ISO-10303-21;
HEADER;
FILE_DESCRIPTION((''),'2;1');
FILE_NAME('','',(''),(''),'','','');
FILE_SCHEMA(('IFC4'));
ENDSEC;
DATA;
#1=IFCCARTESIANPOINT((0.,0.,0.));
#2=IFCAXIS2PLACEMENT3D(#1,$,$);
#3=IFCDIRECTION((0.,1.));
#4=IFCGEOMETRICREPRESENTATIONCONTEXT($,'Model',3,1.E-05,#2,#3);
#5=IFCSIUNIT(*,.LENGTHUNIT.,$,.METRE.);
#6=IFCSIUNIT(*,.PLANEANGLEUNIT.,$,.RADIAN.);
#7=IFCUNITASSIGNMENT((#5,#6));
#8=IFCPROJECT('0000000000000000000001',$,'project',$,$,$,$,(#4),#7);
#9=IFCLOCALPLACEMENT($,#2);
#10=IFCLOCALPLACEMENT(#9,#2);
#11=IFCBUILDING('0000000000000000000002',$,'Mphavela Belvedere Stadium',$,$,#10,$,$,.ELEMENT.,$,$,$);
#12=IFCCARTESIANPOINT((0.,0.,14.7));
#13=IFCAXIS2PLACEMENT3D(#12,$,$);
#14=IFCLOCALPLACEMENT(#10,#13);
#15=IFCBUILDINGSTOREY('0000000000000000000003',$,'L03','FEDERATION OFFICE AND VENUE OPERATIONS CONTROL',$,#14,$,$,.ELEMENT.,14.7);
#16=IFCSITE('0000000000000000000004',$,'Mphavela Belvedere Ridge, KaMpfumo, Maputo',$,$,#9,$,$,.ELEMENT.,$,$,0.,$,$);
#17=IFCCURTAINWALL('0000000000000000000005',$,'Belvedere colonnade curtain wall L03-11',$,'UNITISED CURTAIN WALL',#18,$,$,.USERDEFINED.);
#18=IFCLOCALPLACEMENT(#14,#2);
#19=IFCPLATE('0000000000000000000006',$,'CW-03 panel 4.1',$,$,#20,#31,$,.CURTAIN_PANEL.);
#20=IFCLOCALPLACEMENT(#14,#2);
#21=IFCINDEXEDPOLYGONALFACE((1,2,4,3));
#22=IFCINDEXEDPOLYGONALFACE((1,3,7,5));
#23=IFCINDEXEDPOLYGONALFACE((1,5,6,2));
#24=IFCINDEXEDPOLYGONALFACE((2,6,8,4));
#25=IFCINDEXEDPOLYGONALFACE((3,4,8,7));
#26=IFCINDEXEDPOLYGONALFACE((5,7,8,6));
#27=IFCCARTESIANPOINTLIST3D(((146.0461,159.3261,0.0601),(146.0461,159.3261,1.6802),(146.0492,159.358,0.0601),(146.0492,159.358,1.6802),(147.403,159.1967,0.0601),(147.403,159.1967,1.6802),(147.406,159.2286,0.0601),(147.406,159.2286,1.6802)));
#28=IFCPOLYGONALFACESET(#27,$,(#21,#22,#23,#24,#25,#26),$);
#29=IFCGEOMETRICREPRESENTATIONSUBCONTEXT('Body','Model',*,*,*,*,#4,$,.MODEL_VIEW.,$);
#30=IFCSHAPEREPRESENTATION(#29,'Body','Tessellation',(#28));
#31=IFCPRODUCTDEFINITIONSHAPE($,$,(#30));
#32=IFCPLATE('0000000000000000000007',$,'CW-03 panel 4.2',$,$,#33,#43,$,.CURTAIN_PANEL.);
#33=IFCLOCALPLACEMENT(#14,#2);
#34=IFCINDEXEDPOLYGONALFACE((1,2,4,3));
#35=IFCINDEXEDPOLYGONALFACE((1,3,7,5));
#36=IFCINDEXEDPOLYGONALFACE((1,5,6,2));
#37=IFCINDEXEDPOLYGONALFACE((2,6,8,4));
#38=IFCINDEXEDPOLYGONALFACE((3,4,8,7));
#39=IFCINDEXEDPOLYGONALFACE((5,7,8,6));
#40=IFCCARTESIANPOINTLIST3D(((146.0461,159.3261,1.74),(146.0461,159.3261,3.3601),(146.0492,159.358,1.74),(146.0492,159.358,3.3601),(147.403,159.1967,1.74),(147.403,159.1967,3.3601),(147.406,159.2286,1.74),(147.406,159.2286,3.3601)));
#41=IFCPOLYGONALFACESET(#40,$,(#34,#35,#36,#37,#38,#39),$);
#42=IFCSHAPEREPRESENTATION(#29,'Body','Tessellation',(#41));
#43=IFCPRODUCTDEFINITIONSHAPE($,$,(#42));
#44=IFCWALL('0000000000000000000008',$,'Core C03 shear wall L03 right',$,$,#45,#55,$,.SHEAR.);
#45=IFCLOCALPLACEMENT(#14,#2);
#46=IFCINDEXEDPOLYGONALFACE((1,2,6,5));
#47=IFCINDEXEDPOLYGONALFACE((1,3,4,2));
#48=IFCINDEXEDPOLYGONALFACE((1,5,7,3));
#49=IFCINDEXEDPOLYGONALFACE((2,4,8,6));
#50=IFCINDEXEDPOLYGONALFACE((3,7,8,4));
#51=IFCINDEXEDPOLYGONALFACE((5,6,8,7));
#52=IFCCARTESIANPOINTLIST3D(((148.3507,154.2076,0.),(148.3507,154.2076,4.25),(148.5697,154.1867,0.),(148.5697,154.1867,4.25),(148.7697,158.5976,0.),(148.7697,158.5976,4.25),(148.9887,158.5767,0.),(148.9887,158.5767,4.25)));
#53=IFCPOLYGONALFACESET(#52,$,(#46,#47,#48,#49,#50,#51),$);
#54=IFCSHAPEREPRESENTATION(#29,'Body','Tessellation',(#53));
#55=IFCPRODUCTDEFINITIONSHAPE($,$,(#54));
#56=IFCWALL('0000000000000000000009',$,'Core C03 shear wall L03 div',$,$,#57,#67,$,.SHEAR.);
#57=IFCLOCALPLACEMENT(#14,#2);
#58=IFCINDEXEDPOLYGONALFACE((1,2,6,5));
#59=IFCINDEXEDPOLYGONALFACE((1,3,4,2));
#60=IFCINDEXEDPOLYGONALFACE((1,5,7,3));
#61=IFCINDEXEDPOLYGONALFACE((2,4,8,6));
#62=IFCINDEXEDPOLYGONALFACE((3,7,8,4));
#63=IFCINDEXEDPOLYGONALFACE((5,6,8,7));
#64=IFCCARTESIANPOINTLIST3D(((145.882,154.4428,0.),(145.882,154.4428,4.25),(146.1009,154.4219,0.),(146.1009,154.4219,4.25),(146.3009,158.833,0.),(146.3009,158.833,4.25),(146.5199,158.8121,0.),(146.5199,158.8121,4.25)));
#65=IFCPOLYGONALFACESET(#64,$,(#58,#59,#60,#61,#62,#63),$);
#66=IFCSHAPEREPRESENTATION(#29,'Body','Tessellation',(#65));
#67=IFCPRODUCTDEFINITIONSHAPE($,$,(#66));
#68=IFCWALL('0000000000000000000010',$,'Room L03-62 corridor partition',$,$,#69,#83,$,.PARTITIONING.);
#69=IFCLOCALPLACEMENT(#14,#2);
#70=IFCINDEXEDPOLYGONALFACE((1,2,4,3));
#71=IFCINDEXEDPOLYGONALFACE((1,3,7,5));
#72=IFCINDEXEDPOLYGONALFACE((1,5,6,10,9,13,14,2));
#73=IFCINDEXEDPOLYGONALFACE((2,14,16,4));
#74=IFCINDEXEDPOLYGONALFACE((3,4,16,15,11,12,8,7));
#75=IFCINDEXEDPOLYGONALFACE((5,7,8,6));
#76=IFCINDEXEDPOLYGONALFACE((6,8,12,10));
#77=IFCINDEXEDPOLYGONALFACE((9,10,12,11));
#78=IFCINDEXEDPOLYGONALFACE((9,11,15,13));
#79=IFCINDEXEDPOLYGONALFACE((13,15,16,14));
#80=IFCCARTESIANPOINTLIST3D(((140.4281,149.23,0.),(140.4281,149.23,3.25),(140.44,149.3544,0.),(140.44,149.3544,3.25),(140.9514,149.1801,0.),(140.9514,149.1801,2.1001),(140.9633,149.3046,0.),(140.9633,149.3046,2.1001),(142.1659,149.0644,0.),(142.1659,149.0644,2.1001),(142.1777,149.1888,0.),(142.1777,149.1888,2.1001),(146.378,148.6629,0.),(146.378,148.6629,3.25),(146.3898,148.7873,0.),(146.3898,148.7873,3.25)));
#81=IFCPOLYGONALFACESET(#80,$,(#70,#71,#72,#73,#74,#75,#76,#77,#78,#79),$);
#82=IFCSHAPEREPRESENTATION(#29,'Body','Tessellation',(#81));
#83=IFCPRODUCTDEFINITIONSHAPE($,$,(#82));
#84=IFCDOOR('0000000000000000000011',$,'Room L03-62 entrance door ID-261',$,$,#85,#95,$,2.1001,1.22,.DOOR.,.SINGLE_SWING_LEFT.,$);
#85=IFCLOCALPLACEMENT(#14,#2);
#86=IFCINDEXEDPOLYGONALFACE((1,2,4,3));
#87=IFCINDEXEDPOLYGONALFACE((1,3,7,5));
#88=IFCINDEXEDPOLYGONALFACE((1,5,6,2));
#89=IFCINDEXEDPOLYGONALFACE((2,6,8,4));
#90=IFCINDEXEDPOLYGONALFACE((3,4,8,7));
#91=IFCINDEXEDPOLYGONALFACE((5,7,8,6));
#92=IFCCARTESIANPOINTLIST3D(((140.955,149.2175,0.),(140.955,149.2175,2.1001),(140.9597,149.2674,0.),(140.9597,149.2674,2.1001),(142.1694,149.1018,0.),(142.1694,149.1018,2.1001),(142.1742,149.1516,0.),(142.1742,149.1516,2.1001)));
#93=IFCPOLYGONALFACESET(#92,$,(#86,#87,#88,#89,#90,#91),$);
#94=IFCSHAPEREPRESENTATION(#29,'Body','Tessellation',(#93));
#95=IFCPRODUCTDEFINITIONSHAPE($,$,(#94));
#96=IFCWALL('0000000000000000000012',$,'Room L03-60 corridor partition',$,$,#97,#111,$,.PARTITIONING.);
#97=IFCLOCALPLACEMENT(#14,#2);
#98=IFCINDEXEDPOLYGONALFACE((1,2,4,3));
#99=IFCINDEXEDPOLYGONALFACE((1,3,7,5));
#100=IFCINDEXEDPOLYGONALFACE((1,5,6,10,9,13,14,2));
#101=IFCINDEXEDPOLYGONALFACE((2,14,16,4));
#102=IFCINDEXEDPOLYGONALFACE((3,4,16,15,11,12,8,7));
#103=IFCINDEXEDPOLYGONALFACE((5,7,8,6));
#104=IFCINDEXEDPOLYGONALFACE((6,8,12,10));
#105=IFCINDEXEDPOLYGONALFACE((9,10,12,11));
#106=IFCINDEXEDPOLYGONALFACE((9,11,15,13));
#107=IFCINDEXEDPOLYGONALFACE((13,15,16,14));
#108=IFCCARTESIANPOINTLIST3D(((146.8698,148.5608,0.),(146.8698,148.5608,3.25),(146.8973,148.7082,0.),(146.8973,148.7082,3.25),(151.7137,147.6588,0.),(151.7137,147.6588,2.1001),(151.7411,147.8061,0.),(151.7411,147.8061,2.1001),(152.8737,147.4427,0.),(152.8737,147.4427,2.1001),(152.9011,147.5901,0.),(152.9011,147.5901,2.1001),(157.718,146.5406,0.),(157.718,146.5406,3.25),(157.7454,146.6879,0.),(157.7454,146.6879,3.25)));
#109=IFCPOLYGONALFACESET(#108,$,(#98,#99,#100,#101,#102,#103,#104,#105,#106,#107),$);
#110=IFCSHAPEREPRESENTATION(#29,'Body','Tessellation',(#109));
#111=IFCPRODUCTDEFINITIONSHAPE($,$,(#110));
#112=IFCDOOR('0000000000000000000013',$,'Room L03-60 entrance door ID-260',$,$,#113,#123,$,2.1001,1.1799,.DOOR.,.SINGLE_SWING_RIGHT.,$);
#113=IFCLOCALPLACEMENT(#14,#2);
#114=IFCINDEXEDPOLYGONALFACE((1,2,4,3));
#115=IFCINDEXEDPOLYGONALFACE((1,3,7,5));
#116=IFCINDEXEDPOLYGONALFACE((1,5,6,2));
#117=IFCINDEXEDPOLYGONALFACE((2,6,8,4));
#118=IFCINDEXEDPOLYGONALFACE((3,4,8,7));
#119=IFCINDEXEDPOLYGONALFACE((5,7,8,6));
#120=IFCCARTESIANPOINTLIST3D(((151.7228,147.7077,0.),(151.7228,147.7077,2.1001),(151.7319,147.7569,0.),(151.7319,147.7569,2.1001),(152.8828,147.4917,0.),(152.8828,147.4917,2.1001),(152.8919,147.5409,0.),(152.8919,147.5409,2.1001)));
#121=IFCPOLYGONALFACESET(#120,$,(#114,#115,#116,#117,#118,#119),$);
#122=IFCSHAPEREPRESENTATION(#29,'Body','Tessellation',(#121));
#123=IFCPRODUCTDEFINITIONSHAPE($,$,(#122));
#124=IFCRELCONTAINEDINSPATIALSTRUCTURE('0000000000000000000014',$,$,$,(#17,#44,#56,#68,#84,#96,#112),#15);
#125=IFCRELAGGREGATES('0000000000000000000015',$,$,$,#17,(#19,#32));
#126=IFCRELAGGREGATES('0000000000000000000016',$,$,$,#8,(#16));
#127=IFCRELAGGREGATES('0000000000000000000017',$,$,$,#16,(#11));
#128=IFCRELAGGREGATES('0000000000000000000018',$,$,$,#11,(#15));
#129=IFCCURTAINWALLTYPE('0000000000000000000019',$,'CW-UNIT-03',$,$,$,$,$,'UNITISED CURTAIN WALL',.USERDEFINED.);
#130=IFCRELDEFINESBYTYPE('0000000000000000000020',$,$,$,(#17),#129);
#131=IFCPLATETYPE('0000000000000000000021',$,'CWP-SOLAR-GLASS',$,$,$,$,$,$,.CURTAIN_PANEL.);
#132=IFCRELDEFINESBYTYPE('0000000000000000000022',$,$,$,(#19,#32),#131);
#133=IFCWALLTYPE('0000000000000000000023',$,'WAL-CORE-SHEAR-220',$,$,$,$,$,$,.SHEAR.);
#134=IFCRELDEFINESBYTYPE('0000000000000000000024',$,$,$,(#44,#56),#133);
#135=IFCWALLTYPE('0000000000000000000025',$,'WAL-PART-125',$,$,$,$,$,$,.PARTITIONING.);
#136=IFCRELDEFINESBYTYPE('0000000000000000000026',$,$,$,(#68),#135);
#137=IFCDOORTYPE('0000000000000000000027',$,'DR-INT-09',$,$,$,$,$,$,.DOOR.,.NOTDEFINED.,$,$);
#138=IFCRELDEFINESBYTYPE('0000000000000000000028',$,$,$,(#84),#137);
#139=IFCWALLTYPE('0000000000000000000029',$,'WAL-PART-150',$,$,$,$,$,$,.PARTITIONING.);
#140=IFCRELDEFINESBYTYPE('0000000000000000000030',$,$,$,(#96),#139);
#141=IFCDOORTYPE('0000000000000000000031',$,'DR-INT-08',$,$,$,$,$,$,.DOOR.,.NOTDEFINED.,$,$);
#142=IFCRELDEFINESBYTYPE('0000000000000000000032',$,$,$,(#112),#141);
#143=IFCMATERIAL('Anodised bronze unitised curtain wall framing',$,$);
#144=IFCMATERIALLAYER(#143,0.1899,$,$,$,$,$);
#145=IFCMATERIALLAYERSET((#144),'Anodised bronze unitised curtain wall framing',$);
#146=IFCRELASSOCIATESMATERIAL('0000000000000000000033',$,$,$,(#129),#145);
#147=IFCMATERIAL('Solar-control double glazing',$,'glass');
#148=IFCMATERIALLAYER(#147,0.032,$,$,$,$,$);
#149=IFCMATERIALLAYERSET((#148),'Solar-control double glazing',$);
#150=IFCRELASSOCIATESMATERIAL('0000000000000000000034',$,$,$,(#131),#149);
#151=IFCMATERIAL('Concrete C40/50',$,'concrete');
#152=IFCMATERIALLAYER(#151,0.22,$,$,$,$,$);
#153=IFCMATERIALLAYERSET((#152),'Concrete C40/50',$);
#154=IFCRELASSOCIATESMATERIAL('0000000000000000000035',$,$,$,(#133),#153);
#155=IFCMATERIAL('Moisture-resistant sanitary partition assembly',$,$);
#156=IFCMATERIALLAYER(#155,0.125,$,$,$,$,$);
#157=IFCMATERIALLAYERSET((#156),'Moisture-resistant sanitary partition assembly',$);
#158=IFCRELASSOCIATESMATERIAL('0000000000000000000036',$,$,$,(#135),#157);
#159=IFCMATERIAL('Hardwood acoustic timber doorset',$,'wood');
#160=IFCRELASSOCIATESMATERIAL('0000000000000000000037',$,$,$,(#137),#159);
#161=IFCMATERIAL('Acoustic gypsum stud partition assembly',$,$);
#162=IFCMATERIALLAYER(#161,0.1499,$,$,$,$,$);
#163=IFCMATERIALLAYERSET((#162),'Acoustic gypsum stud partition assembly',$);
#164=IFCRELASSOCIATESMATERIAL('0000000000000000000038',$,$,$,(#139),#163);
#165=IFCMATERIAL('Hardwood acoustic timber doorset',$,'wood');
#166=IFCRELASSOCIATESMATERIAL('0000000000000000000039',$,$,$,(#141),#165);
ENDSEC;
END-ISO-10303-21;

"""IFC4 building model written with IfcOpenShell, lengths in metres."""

from ifc_helpers import new_model, si_unit, direction, frame, frame_2d, origin, origin_2d, place, context, subcontext, project, spatial, rectangle, extrude, material, layer, layer_set, type_object, element, fill, aggregate, save


model = new_model("IFC4")

# Units and contexts
model_context = context("Model", 3, precision=1e-05, world=origin(), true_north=direction((0.0, 1.0)))
body_context = subcontext(model_context, "Body", "Model", "MODEL_VIEW")
ifc_project = project(units=[si_unit("LENGTHUNIT", "METRE"), si_unit("PLANEANGLEUNIT", "RADIAN")], contexts=[model_context])

# Site, building, storey
site_placement = place(None, origin())
site = spatial("IfcSite", under=ifc_project, at=site_placement, Name="Mphavela Belvedere Ridge, KaMpfumo, Maputo", CompositionType="ELEMENT", RefElevation=0.0)
building_placement = place(site_placement, origin())
building = spatial("IfcBuilding", under=site, at=building_placement, Name="Mphavela Belvedere Stadium", CompositionType="ELEMENT")
storey_placement = place(building_placement, frame((0.0, 0.0, 14.7)))
storey = spatial("IfcBuildingStorey", under=building, at=storey_placement, Name="L03", Description="FEDERATION OFFICE AND VENUE OPERATIONS CONTROL", CompositionType="ELEMENT", Elevation=14.7)

# Curtain wall, plates
ifc_material_1 = material(Name="Anodised bronze unitised curtain wall framing")
ifc_layer_1 = layer(ifc_material_1, 0.1899)
ifc_layer_set_1 = layer_set([ifc_layer_1], Name="Anodised bronze unitised curtain wall framing")
curtain_wall_type = type_object("IfcCurtainWallType", Name="CW-UNIT-03", ElementType="UNITISED CURTAIN WALL", PredefinedType="USERDEFINED", material=ifc_layer_set_1)
curtain_wall_placement = place(storey_placement, origin())
curtain_wall = element("IfcCurtainWall", 1, at=curtain_wall_placement, inside=storey, type_object=curtain_wall_type, Name="Belvedere colonnade curtain wall L03-11", ObjectType="UNITISED CURTAIN WALL", PredefinedType="USERDEFINED")
ifc_material_2 = material(Name="Solar-control double glazing", Category="glass")
ifc_layer_2 = layer(ifc_material_2, 0.032)
ifc_layer_set_2 = layer_set([ifc_layer_2], Name="Solar-control double glazing")
plate_type = type_object("IfcPlateType", Name="CWP-SOLAR-GLASS", PredefinedType="CURTAIN_PANEL", material=ifc_layer_set_2)
plate_1_placement = place(storey_placement, frame((146.7261, 159.2773, 0.0601), z_axis=(0.0, 0.0, 1.0), x_axis=(-0.995484, 0.094929, 0.0)))
plate_1 = element("IfcPlate", 2, at=plate_1_placement, type_object=plate_type, Name="CW-03 panel 4.1", PredefinedType="CURTAIN_PANEL", context=body_context, shape_type="SweptSolid", body=[
    extrude(rectangle(XDim=1.363, YDim=0.032, at=origin_2d()), origin(), (0.0, 0.0, 1.0), 1.6201),
])
plate_2_placement = place(storey_placement, frame((146.7261, 159.2773, 1.74), z_axis=(0.0, 0.0, 1.0), x_axis=(-0.995484, 0.094929, 0.0)))
plate_2 = element("IfcPlate", 3, at=plate_2_placement, type_object=plate_type, Name="CW-03 panel 4.2", PredefinedType="CURTAIN_PANEL", context=body_context, shape_type="SweptSolid", body=[
    extrude(rectangle(XDim=1.363, YDim=0.032, at=origin_2d()), origin(), (0.0, 0.0, 1.0), 1.6201),
])
aggregate(curtain_wall, [plate_1, plate_2])

# Walls
ifc_material_3 = material(Name="Concrete C40/50", Category="concrete")
ifc_layer_3 = layer(ifc_material_3, 0.22)
ifc_layer_set_3 = layer_set([ifc_layer_3], Name="Concrete C40/50")
wall_type_1 = type_object("IfcWallType", Name="WAL-CORE-SHEAR-220", PredefinedType="SHEAR", material=ifc_layer_set_3)
wall_1_placement = place(storey_placement, frame((148.4602, 154.197, 0.0), z_axis=(0.0, 0.0, 1.0), x_axis=(0.095002, 0.995477, 0.0)))
element("IfcWall", 4, at=wall_1_placement, inside=storey, type_object=wall_type_1, Name="Core C03 shear wall L03 right", PredefinedType="SHEAR", context=body_context, shape_type="SweptSolid", body=[
    extrude(rectangle(XDim=4.4099, YDim=0.22, at=frame_2d((2.2051, 0.0))), origin(), (0.0, 0.0, 1.0), 4.25),
])
wall_2_placement = place(storey_placement, frame((145.9915, 154.4324, 0.0), z_axis=(0.0, 0.0, 1.0), x_axis=(0.094997, 0.995478, 0.0)))
element("IfcWall", 5, at=wall_2_placement, inside=storey, type_object=wall_type_1, Name="Core C03 shear wall L03 div", PredefinedType="SHEAR", context=body_context, shape_type="SweptSolid", body=[
    extrude(rectangle(XDim=4.4102, YDim=0.22, at=frame_2d((2.2051, 0.0))), origin(), (0.0, 0.0, 1.0), 4.25),
])

# Walls, openings, doors
ifc_material_4 = material(Name="Moisture-resistant sanitary partition assembly")
ifc_layer_4 = layer(ifc_material_4, 0.125)
ifc_layer_set_4 = layer_set([ifc_layer_4], Name="Moisture-resistant sanitary partition assembly")
wall_type_2 = type_object("IfcWallType", Name="WAL-PART-125", PredefinedType="PARTITIONING", material=ifc_layer_set_4)
wall_3_placement = place(storey_placement, frame((146.3838, 148.7251, 0.0), z_axis=(0.0, 0.0, 1.0), x_axis=(-0.995488, 0.094888, 0.0)))
wall_3 = element("IfcWall", 6, at=wall_3_placement, inside=storey, type_object=wall_type_2, Name="Room L03-62 corridor partition", PredefinedType="PARTITIONING", context=body_context, shape_type="SweptSolid", body=[
    extrude(rectangle(XDim=5.9768, YDim=0.125, at=frame_2d((2.9883, 0.0))), origin(), (0.0, 0.0, 1.0), 3.25),
])
opening_1_placement = place(wall_3_placement, frame((4.2312, 0.0, 0.0)))
opening_1 = element("IfcOpeningElement", 7, at=opening_1_placement, cuts=wall_3, PredefinedType="OPENING", context=body_context, shape_type="SweptSolid", body=[
    extrude(rectangle(XDim=1.22, YDim=2.1001, at=frame_2d((0.6099, 1.05))), frame((0.0, 0.0725, 0.0), z_axis=(0.0, -1.0, 0.0), x_axis=(1.0, 0.0, 0.0)), (0.0, 0.0, 1.0), 0.145),
])
ifc_material_5 = material(Name="Hardwood acoustic timber doorset", Category="wood")
door_type_1 = type_object("IfcDoorType", Name="DR-INT-09", OperationType="NOTDEFINED", PredefinedType="DOOR", material=ifc_material_5)
door_1_placement = place(opening_1_placement, origin())
door_1 = element("IfcDoor", 8, at=door_1_placement, inside=storey, type_object=door_type_1, Name="Room L03-62 entrance door ID-261", OperationType="SINGLE_SWING_LEFT", OverallHeight=2.1001, OverallWidth=1.22, PredefinedType="DOOR", context=body_context, shape_type="SweptSolid", body=[
    extrude(rectangle(XDim=1.22, YDim=2.1001, at=frame_2d((0.6099, 1.05))), frame((0.0, 0.0249, 0.0), z_axis=(0.0, -1.0, 0.0), x_axis=(1.0, 0.0, 0.0)), (0.0, 0.0, 1.0), 0.05),
])
fill(opening_1, door_1)
ifc_material_6 = material(Name="Acoustic gypsum stud partition assembly")
ifc_layer_5 = layer(ifc_material_6, 0.1499)
ifc_layer_set_5 = layer_set([ifc_layer_5], Name="Acoustic gypsum stud partition assembly")
wall_type_3 = type_object("IfcWallType", Name="WAL-PART-150", PredefinedType="PARTITIONING", material=ifc_layer_set_5)
wall_4_placement = place(storey_placement, frame((146.8835, 148.6345, 0.0), z_axis=(0.0, 0.0, 1.0), x_axis=(0.983097, -0.183083, 0.0)))
wall_4 = element("IfcWall", 9, at=wall_4_placement, inside=storey, type_object=wall_type_3, Name="Room L03-60 corridor partition", PredefinedType="PARTITIONING", context=body_context, shape_type="SweptSolid", body=[
    extrude(rectangle(XDim=11.0347, YDim=0.1499, at=frame_2d((5.5173, 0.0))), origin(), (0.0, 0.0, 1.0), 3.25),
])
opening_2_placement = place(wall_4_placement, frame((4.9272, 0.0, 0.0)))
opening_2 = element("IfcOpeningElement", 10, at=opening_2_placement, cuts=wall_4, PredefinedType="OPENING", context=body_context, shape_type="SweptSolid", body=[
    extrude(rectangle(XDim=1.1799, YDim=2.1001, at=frame_2d((0.5898, 1.05))), frame((0.0, 0.085, 0.0), z_axis=(0.0, -1.0, 0.0), x_axis=(1.0, 0.0, 0.0)), (0.0, 0.0, 1.0), 0.1699),
])
ifc_material_7 = material(Name="Hardwood acoustic timber doorset", Category="wood")
door_type_2 = type_object("IfcDoorType", Name="DR-INT-08", OperationType="NOTDEFINED", PredefinedType="DOOR", material=ifc_material_7)
door_2_placement = place(opening_2_placement, origin())
door_2 = element("IfcDoor", 11, at=door_2_placement, inside=storey, type_object=door_type_2, Name="Room L03-60 entrance door ID-260", OperationType="SINGLE_SWING_RIGHT", OverallHeight=2.1001, OverallWidth=1.1799, PredefinedType="DOOR", context=body_context, shape_type="SweptSolid", body=[
    extrude(rectangle(XDim=1.1799, YDim=2.1001, at=frame_2d((0.5898, 1.05))), frame((0.0, 0.0249, 0.0), z_axis=(0.0, -1.0, 0.0), x_axis=(1.0, 0.0, 0.0)), (0.0, 0.0, 1.0), 0.05),
])
fill(opening_2, door_2)

save(model, "model.ifc")
